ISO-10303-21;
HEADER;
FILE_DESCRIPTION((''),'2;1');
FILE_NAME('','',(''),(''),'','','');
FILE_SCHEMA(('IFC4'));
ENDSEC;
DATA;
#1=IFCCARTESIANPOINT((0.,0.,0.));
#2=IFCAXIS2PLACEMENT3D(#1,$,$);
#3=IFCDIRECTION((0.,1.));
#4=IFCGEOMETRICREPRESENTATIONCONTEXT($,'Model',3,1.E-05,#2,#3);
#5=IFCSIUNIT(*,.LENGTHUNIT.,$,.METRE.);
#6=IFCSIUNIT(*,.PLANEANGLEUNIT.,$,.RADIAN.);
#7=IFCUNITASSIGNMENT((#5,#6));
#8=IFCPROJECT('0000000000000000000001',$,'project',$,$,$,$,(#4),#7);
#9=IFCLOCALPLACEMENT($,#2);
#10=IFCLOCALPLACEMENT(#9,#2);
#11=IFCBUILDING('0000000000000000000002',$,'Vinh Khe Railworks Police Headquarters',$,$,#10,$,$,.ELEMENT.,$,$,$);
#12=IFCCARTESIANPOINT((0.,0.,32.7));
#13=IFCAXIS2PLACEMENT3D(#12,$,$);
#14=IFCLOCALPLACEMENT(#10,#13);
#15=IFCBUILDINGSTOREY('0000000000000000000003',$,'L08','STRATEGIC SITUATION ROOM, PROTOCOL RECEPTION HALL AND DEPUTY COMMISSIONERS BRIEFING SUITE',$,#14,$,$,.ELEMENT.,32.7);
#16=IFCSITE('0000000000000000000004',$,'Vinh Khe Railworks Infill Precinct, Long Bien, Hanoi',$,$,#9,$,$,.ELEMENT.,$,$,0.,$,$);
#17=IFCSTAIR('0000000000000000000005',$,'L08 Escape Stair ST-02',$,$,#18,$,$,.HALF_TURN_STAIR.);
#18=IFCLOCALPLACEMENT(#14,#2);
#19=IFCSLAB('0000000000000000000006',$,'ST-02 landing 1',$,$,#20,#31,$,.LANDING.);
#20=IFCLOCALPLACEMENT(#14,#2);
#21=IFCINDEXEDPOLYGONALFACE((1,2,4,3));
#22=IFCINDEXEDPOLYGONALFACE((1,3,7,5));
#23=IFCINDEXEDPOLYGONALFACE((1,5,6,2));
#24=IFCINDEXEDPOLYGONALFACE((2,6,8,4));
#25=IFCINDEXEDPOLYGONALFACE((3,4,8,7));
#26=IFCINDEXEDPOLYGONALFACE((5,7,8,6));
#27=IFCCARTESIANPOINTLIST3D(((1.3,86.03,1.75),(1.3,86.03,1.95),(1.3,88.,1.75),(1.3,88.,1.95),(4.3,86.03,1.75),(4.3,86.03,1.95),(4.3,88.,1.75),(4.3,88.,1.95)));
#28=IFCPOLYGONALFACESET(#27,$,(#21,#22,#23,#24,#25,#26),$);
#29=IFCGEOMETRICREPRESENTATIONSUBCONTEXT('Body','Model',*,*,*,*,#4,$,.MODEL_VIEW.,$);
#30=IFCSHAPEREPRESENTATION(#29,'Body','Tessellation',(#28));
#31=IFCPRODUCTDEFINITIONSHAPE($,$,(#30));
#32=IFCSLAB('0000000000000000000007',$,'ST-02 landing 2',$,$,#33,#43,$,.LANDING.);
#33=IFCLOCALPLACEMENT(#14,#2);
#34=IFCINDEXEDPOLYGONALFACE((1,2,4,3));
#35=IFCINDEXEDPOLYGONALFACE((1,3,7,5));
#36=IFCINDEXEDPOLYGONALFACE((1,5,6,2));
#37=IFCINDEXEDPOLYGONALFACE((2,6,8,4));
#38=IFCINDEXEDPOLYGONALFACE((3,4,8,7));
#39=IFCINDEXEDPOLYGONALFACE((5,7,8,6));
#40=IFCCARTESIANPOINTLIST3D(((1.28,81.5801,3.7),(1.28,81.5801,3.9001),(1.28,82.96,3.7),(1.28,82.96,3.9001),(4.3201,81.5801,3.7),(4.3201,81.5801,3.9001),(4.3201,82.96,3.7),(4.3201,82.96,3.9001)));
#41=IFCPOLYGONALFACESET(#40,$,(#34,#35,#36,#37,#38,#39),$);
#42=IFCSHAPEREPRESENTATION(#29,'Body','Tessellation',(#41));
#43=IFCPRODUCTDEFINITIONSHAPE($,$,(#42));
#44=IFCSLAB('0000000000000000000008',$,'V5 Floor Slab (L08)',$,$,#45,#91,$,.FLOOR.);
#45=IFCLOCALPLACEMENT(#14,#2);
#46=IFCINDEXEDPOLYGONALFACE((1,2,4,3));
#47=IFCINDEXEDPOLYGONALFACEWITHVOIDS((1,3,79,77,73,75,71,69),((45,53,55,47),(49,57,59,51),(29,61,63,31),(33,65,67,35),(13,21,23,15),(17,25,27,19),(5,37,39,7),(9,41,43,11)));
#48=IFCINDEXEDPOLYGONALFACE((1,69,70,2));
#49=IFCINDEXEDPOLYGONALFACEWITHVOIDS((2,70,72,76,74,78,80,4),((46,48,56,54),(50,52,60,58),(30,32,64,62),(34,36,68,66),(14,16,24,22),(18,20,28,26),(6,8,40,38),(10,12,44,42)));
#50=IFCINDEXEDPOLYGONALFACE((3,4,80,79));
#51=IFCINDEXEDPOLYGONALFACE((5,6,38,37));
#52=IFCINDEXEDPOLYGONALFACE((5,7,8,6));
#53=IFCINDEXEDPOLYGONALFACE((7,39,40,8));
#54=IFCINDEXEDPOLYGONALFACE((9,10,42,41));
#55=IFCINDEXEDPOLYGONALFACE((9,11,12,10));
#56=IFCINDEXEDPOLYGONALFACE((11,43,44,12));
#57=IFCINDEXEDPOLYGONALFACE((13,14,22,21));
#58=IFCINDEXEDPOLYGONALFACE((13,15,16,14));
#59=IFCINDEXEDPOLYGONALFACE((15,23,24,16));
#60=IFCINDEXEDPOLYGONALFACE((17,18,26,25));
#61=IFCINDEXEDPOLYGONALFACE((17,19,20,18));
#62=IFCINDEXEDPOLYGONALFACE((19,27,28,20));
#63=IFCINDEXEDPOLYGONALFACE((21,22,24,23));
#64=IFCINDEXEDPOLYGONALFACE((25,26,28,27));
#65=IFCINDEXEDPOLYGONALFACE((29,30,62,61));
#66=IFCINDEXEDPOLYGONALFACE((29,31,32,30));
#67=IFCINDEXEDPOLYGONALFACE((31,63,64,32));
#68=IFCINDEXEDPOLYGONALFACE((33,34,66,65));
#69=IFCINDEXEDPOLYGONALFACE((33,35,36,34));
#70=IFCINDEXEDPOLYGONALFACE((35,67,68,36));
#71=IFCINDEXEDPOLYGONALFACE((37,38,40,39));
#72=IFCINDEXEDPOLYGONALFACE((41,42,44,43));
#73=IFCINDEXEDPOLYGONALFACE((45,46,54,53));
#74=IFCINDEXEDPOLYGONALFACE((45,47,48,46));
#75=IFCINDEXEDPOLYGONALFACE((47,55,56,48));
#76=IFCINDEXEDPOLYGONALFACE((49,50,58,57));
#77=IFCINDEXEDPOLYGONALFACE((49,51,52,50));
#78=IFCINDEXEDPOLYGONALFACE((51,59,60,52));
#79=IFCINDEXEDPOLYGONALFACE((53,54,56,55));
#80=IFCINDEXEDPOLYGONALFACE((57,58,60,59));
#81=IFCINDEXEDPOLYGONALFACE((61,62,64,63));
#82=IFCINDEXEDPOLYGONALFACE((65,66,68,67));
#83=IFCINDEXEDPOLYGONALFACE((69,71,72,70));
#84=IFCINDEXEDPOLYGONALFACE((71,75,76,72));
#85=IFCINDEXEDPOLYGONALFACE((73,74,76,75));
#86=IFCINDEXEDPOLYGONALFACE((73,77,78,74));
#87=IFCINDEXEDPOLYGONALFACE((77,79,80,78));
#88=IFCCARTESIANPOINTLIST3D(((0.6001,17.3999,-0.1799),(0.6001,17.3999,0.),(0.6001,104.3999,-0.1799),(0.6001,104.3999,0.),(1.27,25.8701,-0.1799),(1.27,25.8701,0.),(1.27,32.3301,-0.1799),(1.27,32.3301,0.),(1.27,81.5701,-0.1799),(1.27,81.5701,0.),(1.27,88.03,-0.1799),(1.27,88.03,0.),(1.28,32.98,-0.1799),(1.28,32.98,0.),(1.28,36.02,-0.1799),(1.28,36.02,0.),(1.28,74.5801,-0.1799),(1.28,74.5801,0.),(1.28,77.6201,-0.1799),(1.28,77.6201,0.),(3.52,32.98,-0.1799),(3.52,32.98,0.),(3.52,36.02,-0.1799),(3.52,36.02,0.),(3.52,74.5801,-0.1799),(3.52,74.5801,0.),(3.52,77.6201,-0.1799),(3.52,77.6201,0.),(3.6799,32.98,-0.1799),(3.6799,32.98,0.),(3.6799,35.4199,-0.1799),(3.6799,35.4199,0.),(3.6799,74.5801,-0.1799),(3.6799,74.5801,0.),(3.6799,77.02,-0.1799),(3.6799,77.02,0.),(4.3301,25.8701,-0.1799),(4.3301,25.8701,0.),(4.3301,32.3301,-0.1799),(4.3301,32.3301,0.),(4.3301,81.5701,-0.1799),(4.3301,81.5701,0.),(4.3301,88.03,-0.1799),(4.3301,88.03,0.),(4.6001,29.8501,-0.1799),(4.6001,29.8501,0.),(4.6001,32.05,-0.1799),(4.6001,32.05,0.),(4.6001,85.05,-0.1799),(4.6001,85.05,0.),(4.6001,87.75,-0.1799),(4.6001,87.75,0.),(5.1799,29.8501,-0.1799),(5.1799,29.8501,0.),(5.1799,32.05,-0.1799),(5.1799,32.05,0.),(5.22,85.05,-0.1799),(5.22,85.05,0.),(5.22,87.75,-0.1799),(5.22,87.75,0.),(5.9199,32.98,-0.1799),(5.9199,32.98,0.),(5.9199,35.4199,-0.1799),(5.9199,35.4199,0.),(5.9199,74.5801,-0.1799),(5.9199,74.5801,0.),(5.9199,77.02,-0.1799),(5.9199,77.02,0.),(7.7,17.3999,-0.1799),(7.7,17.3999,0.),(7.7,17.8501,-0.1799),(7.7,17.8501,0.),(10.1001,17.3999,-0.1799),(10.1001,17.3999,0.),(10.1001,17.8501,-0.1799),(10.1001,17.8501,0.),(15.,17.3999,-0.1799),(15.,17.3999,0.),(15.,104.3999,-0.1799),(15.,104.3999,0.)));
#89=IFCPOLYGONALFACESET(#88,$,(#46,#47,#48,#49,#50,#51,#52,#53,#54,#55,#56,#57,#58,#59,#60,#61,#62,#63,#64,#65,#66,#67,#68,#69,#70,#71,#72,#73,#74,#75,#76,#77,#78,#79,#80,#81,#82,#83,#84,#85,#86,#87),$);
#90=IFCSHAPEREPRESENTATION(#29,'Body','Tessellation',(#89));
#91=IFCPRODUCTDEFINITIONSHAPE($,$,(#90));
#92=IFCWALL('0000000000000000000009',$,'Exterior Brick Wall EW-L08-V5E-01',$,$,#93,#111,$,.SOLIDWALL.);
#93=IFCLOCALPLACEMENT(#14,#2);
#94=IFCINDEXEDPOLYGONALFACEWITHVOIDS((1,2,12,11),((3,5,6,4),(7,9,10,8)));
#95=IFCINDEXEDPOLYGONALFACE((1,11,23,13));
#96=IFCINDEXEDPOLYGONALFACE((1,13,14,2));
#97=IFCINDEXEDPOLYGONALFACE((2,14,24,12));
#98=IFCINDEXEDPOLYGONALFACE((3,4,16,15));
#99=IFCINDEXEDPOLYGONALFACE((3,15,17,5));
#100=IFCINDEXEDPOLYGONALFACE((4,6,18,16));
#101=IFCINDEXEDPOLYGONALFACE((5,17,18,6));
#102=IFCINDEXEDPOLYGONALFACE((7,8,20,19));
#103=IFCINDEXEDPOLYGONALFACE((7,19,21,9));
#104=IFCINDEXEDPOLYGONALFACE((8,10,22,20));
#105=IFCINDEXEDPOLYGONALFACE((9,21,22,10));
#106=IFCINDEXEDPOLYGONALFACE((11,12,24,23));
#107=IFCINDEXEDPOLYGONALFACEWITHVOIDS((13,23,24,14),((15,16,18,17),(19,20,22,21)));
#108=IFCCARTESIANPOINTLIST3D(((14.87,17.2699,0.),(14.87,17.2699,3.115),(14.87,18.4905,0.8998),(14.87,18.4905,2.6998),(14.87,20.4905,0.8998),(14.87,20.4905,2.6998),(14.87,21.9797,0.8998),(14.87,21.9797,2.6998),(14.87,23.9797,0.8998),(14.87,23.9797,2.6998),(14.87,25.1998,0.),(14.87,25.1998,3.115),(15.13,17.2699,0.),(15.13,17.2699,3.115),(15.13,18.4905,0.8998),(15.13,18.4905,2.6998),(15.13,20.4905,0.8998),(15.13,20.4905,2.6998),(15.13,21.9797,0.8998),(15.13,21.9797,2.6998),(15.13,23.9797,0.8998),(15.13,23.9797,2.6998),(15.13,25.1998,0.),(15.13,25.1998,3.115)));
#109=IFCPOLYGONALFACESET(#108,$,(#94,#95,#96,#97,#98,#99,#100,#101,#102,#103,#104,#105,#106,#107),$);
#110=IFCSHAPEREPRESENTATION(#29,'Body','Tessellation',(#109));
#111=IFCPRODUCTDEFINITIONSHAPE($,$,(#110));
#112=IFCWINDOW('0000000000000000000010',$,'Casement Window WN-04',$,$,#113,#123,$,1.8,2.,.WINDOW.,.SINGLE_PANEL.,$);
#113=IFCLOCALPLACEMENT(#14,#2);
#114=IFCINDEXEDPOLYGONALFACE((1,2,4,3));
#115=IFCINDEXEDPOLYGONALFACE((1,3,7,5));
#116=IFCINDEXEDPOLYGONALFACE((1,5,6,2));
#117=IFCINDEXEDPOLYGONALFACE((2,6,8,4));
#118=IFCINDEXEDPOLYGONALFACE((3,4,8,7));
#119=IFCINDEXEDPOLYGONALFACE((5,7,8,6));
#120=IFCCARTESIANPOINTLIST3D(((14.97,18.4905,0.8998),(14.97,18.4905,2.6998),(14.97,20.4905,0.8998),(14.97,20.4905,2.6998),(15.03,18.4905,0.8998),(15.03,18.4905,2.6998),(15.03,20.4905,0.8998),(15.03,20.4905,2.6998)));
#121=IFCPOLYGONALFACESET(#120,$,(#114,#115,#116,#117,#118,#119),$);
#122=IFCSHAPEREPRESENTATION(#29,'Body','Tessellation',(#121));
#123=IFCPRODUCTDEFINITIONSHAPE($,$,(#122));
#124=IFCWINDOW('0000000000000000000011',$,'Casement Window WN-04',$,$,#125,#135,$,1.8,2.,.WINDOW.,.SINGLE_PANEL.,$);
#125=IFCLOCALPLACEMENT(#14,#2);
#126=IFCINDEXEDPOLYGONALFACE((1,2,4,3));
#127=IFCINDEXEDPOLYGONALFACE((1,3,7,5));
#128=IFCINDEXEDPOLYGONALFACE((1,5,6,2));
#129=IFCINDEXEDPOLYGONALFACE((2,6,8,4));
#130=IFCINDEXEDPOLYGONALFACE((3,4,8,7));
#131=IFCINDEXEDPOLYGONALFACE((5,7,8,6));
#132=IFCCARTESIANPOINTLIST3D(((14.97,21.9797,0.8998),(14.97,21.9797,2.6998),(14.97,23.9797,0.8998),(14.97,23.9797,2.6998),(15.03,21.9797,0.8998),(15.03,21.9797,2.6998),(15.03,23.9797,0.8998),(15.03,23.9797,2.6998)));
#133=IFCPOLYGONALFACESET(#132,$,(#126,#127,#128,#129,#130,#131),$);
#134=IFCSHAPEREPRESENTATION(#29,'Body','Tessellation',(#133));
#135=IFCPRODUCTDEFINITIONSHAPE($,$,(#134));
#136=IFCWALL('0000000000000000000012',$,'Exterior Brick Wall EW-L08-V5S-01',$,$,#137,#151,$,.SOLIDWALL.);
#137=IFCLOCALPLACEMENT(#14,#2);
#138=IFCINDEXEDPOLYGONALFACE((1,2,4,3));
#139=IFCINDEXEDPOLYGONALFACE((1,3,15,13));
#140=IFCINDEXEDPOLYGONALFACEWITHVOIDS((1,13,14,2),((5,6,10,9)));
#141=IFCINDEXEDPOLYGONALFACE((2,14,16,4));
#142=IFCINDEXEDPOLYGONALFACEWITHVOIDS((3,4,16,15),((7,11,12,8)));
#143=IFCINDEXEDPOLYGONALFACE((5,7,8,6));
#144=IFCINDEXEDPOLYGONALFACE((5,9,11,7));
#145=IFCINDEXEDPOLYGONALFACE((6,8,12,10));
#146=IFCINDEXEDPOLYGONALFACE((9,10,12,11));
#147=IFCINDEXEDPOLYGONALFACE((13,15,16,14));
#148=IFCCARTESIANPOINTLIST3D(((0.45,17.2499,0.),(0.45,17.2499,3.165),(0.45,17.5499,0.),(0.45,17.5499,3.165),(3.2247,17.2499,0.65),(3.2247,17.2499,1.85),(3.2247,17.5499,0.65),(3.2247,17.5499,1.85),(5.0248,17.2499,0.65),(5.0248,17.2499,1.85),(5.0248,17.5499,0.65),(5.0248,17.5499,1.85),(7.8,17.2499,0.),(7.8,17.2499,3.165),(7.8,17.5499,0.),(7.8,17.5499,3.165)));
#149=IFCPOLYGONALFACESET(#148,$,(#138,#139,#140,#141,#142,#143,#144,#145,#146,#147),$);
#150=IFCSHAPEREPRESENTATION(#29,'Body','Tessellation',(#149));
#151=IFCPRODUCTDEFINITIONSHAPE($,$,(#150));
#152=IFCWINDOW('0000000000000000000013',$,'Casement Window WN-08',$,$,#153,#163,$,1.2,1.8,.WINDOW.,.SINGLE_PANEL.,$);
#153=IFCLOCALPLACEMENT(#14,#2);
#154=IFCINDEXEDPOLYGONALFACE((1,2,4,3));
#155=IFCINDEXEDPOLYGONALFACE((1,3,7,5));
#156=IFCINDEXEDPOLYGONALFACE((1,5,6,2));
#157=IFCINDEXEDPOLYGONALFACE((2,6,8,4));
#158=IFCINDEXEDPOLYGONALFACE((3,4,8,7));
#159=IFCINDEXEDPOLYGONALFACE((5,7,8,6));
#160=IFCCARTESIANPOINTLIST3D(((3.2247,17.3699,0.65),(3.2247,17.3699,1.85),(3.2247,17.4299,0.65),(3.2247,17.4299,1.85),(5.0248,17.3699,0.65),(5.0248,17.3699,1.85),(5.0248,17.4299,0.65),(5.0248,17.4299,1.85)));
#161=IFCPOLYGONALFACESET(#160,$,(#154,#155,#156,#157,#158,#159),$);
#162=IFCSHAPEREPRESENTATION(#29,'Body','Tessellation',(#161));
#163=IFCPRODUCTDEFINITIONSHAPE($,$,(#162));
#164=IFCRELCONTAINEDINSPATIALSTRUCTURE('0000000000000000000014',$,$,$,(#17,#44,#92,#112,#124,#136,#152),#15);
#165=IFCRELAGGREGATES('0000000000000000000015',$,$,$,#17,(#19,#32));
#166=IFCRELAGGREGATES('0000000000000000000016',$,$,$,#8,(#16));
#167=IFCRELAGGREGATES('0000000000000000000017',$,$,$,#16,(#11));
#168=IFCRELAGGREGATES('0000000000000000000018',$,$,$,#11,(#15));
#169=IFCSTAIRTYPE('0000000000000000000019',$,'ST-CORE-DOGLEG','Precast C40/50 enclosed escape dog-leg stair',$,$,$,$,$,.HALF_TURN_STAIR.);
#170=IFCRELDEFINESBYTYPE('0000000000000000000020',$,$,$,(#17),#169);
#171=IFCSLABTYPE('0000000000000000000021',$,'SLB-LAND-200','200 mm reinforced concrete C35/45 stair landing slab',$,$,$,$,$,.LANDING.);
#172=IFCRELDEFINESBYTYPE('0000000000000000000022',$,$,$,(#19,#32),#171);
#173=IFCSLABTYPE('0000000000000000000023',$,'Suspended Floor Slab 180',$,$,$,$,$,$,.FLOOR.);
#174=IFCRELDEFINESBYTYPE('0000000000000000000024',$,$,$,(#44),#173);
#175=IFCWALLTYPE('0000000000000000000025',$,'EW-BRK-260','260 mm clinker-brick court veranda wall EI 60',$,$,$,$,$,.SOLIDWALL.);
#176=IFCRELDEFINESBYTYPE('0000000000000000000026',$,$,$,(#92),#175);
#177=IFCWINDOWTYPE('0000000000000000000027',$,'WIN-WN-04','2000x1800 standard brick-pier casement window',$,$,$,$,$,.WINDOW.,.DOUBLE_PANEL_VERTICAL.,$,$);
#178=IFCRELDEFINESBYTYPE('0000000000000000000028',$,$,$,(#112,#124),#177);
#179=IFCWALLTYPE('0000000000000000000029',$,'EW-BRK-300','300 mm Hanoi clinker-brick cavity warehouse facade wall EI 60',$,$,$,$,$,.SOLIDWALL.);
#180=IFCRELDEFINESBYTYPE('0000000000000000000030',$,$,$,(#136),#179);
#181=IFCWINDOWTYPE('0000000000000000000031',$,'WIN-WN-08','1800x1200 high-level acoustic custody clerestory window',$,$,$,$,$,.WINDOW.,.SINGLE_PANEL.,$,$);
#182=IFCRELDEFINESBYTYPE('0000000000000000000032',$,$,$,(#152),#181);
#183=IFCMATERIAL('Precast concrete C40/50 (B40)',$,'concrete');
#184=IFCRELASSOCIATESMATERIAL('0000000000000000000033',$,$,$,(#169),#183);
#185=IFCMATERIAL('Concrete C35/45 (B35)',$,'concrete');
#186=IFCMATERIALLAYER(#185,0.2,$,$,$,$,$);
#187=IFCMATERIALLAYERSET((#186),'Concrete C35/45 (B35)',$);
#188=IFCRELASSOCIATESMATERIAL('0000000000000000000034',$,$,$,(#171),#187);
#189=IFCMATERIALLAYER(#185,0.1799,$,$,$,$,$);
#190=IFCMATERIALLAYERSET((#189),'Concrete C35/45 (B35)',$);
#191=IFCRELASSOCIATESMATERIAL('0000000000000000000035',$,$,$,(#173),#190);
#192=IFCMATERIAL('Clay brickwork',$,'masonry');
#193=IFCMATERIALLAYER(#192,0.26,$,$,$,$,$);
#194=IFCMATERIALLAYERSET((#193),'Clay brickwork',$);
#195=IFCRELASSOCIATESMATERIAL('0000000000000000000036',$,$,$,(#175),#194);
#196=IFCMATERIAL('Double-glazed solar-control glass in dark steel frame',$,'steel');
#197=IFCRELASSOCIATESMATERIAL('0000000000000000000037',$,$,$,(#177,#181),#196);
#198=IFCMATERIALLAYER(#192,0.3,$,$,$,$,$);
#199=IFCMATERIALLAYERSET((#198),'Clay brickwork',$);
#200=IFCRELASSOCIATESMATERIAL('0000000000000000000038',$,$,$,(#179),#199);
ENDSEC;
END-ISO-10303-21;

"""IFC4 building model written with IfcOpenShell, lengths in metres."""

from ifc_helpers import new_model, si_unit, direction, frame, frame_2d, origin, place, context, subcontext, project, spatial, polyline, rectangle, outline, extrude, material, layer, layer_set, type_object, element, fill, aggregate, save


model = new_model("IFC4")

# Units and contexts
model_context = context("Model", 3, precision=1e-05, world=origin(), true_north=direction((0.0, 1.0)))
body_context = subcontext(model_context, "Body", "Model", "MODEL_VIEW")
ifc_project = project(units=[si_unit("LENGTHUNIT", "METRE"), si_unit("PLANEANGLEUNIT", "RADIAN")], contexts=[model_context])

# Site, building, storey
site_placement = place(None, origin())
site = spatial("IfcSite", under=ifc_project, at=site_placement, Name="Vinh Khe Railworks Infill Precinct, Long Bien, Hanoi", CompositionType="ELEMENT", RefElevation=0.0)
building_placement = place(site_placement, origin())
building = spatial("IfcBuilding", under=site, at=building_placement, Name="Vinh Khe Railworks Police Headquarters", CompositionType="ELEMENT")
storey_placement = place(building_placement, frame((0.0, 0.0, 32.7)))
storey = spatial("IfcBuildingStorey", under=building, at=storey_placement, Name="L08", Description="STRATEGIC SITUATION ROOM, PROTOCOL RECEPTION HALL AND DEPUTY COMMISSIONERS BRIEFING SUITE", CompositionType="ELEMENT", Elevation=32.7)

# Shared definitions
ifc_material_1 = material(Name="Concrete C35/45 (B35)", Category="concrete")

# Stair, slabs
ifc_material_2 = material(Name="Precast concrete C40/50 (B40)", Category="concrete")
stair_type = type_object("IfcStairType", Name="ST-CORE-DOGLEG", Description="Precast C40/50 enclosed escape dog-leg stair", PredefinedType="HALF_TURN_STAIR", material=ifc_material_2)
ifc_layer_1 = layer(ifc_material_1, 0.2)
ifc_layer_set_1 = layer_set([ifc_layer_1], Name="Concrete C35/45 (B35)")
slab_type_1 = type_object("IfcSlabType", Name="SLB-LAND-200", Description="200 mm reinforced concrete C35/45 stair landing slab", PredefinedType="LANDING", material=ifc_layer_set_1)
stair_1_placement = place(storey_placement, origin())
stair_1 = element("IfcStair", 1, at=stair_1_placement, inside=storey, type_object=stair_type, Name="L08 Escape Stair ST-02", PredefinedType="HALF_TURN_STAIR")
slab_1_placement = place(storey_placement, frame((0.0, 0.0, 1.75)))
slab_1 = element("IfcSlab", 2, at=slab_1_placement, type_object=slab_type_1, Name="ST-02 landing 1", PredefinedType="LANDING", context=body_context, shape_type="SweptSolid", body=[
    extrude(outline(polyline([(4.3, 86.03), (4.3, 88.0), (1.3, 88.0), (1.3, 86.03), (4.3, 86.03)])), origin(), (0.0, 0.0, 1.0), 0.2),
])
slab_2_placement = place(storey_placement, frame((0.0, 0.0, 3.7)))
slab_2 = element("IfcSlab", 3, at=slab_2_placement, type_object=slab_type_1, Name="ST-02 landing 2", PredefinedType="LANDING", context=body_context, shape_type="SweptSolid", body=[
    extrude(outline(polyline([(1.28, 81.5801), (4.3201, 81.5801), (4.3201, 82.96), (1.28, 82.96), (1.28, 81.5801)])), origin(), (0.0, 0.0, 1.0), 0.2002),
])
aggregate(stair_1, [slab_1, slab_2])

# Slab
ifc_layer_2 = layer(ifc_material_1, 0.1799)
ifc_layer_set_2 = layer_set([ifc_layer_2], Name="Concrete C35/45 (B35)")
slab_type_2 = type_object("IfcSlabType", Name="Suspended Floor Slab 180", PredefinedType="FLOOR", material=ifc_layer_set_2)
slab_3_placement = place(storey_placement, frame((0.0, 0.0, -0.1799)))
element("IfcSlab", 4, at=slab_3_placement, inside=storey, type_object=slab_type_2, Name="V5 Floor Slab (L08)", PredefinedType="FLOOR", context=body_context, shape_type="SweptSolid", body=[
    extrude(outline(polyline([(0.6001, 17.3999), (7.7, 17.3999), (7.7, 17.8501), (10.1001, 17.8501), (10.1001, 17.3999), (15.0, 17.3999), (15.0, 104.3999), (0.6001, 104.3999), (0.6001, 17.3999)]), holes=[polyline([(1.27, 25.8701), (4.3301, 25.8701), (4.3301, 32.3301), (1.27, 32.3301), (1.27, 25.8701)]), polyline([(1.28, 32.98), (3.52, 32.98), (3.52, 36.02), (1.28, 36.02), (1.28, 32.98)]), polyline([(3.6799, 32.98), (5.9199, 32.98), (5.9199, 35.4199), (3.6799, 35.4199), (3.6799, 32.98)]), polyline([(1.27, 81.5701), (4.3301, 81.5701), (4.3301, 88.03), (1.27, 88.03), (1.27, 81.5701)]), polyline([(1.28, 74.5801), (3.52, 74.5801), (3.52, 77.6201), (1.28, 77.6201), (1.28, 74.5801)]), polyline([(3.6799, 74.5801), (5.9199, 74.5801), (5.9199, 77.02), (3.6799, 77.02), (3.6799, 74.5801)]), polyline([(4.6001, 29.8501), (5.1799, 29.8501), (5.1799, 32.05), (4.6001, 32.05), (4.6001, 29.8501)]), polyline([(4.6001, 85.05), (5.22, 85.05), (5.22, 87.75), (4.6001, 87.75), (4.6001, 85.05)])]), origin(), (0.0, 0.0, 1.0), 0.1799),
])

# Wall, openings, windows
ifc_material_3 = material(Name="Clay brickwork", Category="masonry")
ifc_layer_3 = layer(ifc_material_3, 0.26)
ifc_layer_set_3 = layer_set([ifc_layer_3], Name="Clay brickwork")
wall_type_1 = type_object("IfcWallType", Name="EW-BRK-260", Description="260 mm clinker-brick court veranda wall EI 60", PredefinedType="SOLIDWALL", material=ifc_layer_set_3)
wall_1_placement = place(storey_placement, frame((15.0, 17.27, 0.0), z_axis=(0.0, 0.0, 1.0), x_axis=(0.0, 1.0, 0.0)))
wall_1 = element("IfcWall", 5, at=wall_1_placement, inside=storey, type_object=wall_type_1, Name="Exterior Brick Wall EW-L08-V5E-01", PredefinedType="SOLIDWALL", context=body_context, shape_type="SweptSolid", body=[
    extrude(rectangle(XDim=7.9299, YDim=0.26, at=frame_2d((3.9648, 0.0))), origin(), (0.0, 0.0, 1.0), 3.115),
])
opening_1_placement = place(wall_1_placement, frame((1.2205, 0.0, 0.8999)))
opening_1 = element("IfcOpeningElement", 6, at=opening_1_placement, cuts=wall_1, PredefinedType="OPENING", context=body_context, shape_type="SweptSolid", body=[
    extrude(rectangle(XDim=2.0, YDim=1.8, at=frame_2d((1.0, 0.8999))), frame((0.0, 0.145, 0.0), z_axis=(0.0, -1.0, 0.0), x_axis=(1.0, 0.0, 0.0)), (0.0, 0.0, 1.0), 0.2898),
])
opening_2_placement = place(wall_1_placement, frame((4.7097, 0.0, 0.8999)))
opening_2 = element("IfcOpeningElement", 7, at=opening_2_placement, cuts=wall_1, PredefinedType="OPENING", context=body_context, shape_type="SweptSolid", body=[
    extrude(rectangle(XDim=2.0, YDim=1.8, at=frame_2d((1.0, 0.8999))), frame((0.0, 0.145, 0.0), z_axis=(0.0, -1.0, 0.0), x_axis=(1.0, 0.0, 0.0)), (0.0, 0.0, 1.0), 0.2898),
])
ifc_material_4 = material(Name="Double-glazed solar-control glass in dark steel frame", Category="steel")
window_type_1 = type_object("IfcWindowType", Name="WIN-WN-04", Description="2000x1800 standard brick-pier casement window", PartitioningType="DOUBLE_PANEL_VERTICAL", PredefinedType="WINDOW", material=ifc_material_4)
window_1_placement = place(opening_1_placement, origin())
window_1 = element("IfcWindow", 8, at=window_1_placement, inside=storey, type_object=window_type_1, Name="Casement Window WN-04", OverallHeight=1.8, OverallWidth=2.0, PartitioningType="SINGLE_PANEL", PredefinedType="WINDOW", context=body_context, shape_type="SweptSolid", body=[
    extrude(rectangle(XDim=2.0, YDim=1.8, at=frame_2d((1.0, 0.8999))), frame((0.0, 0.03, 0.0), z_axis=(0.0, -1.0, 0.0), x_axis=(1.0, 0.0, 0.0)), (0.0, 0.0, 1.0), 0.0601),
])
fill(opening_1, window_1)
window_2_placement = place(opening_2_placement, origin())
window_2 = element("IfcWindow", 9, at=window_2_placement, inside=storey, type_object=window_type_1, Name="Casement Window WN-04", OverallHeight=1.8, OverallWidth=2.0, PartitioningType="SINGLE_PANEL", PredefinedType="WINDOW", context=body_context, shape_type="SweptSolid", body=[
    extrude(rectangle(XDim=2.0, YDim=1.8, at=frame_2d((1.0, 0.8999))), frame((0.0, 0.03, 0.0), z_axis=(0.0, -1.0, 0.0), x_axis=(1.0, 0.0, 0.0)), (0.0, 0.0, 1.0), 0.0601),
])
fill(opening_2, window_2)

# Wall, opening, window
ifc_layer_4 = layer(ifc_material_3, 0.3)
ifc_layer_set_4 = layer_set([ifc_layer_4], Name="Clay brickwork")
wall_type_2 = type_object("IfcWallType", Name="EW-BRK-300", Description="300 mm Hanoi clinker-brick cavity warehouse facade wall EI 60", PredefinedType="SOLIDWALL", material=ifc_layer_set_4)
wall_2_placement = place(storey_placement, frame((0.45, 17.3999, 0.0), z_axis=(0.0, 0.0, 1.0), x_axis=(1.0, 0.0, 0.0)))
wall_2 = element("IfcWall", 10, at=wall_2_placement, inside=storey, type_object=wall_type_2, Name="Exterior Brick Wall EW-L08-V5S-01", PredefinedType="SOLIDWALL", context=body_context, shape_type="SweptSolid", body=[
    extrude(rectangle(XDim=7.3501, YDim=0.3, at=frame_2d((3.675, 0.0))), origin(), (0.0, 0.0, 1.0), 3.165),
])
opening_3_placement = place(wall_2_placement, frame((2.7749, 0.0, 0.6499)))
opening_3 = element("IfcOpeningElement", 11, at=opening_3_placement, cuts=wall_2, PredefinedType="OPENING", context=body_context, shape_type="SweptSolid", body=[
    extrude(rectangle(XDim=1.8, YDim=1.2, at=frame_2d((0.8999, 0.6001))), frame((0.0, 0.165, 0.0), z_axis=(0.0, -1.0, 0.0), x_axis=(1.0, 0.0, 0.0)), (0.0, 0.0, 1.0), 0.3298),
])
window_type_2 = type_object("IfcWindowType", Name="WIN-WN-08", Description="1800x1200 high-level acoustic custody clerestory window", PartitioningType="SINGLE_PANEL", PredefinedType="WINDOW", material=ifc_material_4)
window_3_placement = place(opening_3_placement, origin())
window_3 = element("IfcWindow", 12, at=window_3_placement, inside=storey, type_object=window_type_2, Name="Casement Window WN-08", OverallHeight=1.2, OverallWidth=1.8, PartitioningType="SINGLE_PANEL", PredefinedType="WINDOW", context=body_context, shape_type="SweptSolid", body=[
    extrude(rectangle(XDim=1.8, YDim=1.2, at=frame_2d((0.8999, 0.6001))), frame((0.0, 0.03, 0.0), z_axis=(0.0, -1.0, 0.0), x_axis=(1.0, 0.0, 0.0)), (0.0, 0.0, 1.0), 0.0601),
])
fill(opening_3, window_3)

save(model, "model.ifc")
